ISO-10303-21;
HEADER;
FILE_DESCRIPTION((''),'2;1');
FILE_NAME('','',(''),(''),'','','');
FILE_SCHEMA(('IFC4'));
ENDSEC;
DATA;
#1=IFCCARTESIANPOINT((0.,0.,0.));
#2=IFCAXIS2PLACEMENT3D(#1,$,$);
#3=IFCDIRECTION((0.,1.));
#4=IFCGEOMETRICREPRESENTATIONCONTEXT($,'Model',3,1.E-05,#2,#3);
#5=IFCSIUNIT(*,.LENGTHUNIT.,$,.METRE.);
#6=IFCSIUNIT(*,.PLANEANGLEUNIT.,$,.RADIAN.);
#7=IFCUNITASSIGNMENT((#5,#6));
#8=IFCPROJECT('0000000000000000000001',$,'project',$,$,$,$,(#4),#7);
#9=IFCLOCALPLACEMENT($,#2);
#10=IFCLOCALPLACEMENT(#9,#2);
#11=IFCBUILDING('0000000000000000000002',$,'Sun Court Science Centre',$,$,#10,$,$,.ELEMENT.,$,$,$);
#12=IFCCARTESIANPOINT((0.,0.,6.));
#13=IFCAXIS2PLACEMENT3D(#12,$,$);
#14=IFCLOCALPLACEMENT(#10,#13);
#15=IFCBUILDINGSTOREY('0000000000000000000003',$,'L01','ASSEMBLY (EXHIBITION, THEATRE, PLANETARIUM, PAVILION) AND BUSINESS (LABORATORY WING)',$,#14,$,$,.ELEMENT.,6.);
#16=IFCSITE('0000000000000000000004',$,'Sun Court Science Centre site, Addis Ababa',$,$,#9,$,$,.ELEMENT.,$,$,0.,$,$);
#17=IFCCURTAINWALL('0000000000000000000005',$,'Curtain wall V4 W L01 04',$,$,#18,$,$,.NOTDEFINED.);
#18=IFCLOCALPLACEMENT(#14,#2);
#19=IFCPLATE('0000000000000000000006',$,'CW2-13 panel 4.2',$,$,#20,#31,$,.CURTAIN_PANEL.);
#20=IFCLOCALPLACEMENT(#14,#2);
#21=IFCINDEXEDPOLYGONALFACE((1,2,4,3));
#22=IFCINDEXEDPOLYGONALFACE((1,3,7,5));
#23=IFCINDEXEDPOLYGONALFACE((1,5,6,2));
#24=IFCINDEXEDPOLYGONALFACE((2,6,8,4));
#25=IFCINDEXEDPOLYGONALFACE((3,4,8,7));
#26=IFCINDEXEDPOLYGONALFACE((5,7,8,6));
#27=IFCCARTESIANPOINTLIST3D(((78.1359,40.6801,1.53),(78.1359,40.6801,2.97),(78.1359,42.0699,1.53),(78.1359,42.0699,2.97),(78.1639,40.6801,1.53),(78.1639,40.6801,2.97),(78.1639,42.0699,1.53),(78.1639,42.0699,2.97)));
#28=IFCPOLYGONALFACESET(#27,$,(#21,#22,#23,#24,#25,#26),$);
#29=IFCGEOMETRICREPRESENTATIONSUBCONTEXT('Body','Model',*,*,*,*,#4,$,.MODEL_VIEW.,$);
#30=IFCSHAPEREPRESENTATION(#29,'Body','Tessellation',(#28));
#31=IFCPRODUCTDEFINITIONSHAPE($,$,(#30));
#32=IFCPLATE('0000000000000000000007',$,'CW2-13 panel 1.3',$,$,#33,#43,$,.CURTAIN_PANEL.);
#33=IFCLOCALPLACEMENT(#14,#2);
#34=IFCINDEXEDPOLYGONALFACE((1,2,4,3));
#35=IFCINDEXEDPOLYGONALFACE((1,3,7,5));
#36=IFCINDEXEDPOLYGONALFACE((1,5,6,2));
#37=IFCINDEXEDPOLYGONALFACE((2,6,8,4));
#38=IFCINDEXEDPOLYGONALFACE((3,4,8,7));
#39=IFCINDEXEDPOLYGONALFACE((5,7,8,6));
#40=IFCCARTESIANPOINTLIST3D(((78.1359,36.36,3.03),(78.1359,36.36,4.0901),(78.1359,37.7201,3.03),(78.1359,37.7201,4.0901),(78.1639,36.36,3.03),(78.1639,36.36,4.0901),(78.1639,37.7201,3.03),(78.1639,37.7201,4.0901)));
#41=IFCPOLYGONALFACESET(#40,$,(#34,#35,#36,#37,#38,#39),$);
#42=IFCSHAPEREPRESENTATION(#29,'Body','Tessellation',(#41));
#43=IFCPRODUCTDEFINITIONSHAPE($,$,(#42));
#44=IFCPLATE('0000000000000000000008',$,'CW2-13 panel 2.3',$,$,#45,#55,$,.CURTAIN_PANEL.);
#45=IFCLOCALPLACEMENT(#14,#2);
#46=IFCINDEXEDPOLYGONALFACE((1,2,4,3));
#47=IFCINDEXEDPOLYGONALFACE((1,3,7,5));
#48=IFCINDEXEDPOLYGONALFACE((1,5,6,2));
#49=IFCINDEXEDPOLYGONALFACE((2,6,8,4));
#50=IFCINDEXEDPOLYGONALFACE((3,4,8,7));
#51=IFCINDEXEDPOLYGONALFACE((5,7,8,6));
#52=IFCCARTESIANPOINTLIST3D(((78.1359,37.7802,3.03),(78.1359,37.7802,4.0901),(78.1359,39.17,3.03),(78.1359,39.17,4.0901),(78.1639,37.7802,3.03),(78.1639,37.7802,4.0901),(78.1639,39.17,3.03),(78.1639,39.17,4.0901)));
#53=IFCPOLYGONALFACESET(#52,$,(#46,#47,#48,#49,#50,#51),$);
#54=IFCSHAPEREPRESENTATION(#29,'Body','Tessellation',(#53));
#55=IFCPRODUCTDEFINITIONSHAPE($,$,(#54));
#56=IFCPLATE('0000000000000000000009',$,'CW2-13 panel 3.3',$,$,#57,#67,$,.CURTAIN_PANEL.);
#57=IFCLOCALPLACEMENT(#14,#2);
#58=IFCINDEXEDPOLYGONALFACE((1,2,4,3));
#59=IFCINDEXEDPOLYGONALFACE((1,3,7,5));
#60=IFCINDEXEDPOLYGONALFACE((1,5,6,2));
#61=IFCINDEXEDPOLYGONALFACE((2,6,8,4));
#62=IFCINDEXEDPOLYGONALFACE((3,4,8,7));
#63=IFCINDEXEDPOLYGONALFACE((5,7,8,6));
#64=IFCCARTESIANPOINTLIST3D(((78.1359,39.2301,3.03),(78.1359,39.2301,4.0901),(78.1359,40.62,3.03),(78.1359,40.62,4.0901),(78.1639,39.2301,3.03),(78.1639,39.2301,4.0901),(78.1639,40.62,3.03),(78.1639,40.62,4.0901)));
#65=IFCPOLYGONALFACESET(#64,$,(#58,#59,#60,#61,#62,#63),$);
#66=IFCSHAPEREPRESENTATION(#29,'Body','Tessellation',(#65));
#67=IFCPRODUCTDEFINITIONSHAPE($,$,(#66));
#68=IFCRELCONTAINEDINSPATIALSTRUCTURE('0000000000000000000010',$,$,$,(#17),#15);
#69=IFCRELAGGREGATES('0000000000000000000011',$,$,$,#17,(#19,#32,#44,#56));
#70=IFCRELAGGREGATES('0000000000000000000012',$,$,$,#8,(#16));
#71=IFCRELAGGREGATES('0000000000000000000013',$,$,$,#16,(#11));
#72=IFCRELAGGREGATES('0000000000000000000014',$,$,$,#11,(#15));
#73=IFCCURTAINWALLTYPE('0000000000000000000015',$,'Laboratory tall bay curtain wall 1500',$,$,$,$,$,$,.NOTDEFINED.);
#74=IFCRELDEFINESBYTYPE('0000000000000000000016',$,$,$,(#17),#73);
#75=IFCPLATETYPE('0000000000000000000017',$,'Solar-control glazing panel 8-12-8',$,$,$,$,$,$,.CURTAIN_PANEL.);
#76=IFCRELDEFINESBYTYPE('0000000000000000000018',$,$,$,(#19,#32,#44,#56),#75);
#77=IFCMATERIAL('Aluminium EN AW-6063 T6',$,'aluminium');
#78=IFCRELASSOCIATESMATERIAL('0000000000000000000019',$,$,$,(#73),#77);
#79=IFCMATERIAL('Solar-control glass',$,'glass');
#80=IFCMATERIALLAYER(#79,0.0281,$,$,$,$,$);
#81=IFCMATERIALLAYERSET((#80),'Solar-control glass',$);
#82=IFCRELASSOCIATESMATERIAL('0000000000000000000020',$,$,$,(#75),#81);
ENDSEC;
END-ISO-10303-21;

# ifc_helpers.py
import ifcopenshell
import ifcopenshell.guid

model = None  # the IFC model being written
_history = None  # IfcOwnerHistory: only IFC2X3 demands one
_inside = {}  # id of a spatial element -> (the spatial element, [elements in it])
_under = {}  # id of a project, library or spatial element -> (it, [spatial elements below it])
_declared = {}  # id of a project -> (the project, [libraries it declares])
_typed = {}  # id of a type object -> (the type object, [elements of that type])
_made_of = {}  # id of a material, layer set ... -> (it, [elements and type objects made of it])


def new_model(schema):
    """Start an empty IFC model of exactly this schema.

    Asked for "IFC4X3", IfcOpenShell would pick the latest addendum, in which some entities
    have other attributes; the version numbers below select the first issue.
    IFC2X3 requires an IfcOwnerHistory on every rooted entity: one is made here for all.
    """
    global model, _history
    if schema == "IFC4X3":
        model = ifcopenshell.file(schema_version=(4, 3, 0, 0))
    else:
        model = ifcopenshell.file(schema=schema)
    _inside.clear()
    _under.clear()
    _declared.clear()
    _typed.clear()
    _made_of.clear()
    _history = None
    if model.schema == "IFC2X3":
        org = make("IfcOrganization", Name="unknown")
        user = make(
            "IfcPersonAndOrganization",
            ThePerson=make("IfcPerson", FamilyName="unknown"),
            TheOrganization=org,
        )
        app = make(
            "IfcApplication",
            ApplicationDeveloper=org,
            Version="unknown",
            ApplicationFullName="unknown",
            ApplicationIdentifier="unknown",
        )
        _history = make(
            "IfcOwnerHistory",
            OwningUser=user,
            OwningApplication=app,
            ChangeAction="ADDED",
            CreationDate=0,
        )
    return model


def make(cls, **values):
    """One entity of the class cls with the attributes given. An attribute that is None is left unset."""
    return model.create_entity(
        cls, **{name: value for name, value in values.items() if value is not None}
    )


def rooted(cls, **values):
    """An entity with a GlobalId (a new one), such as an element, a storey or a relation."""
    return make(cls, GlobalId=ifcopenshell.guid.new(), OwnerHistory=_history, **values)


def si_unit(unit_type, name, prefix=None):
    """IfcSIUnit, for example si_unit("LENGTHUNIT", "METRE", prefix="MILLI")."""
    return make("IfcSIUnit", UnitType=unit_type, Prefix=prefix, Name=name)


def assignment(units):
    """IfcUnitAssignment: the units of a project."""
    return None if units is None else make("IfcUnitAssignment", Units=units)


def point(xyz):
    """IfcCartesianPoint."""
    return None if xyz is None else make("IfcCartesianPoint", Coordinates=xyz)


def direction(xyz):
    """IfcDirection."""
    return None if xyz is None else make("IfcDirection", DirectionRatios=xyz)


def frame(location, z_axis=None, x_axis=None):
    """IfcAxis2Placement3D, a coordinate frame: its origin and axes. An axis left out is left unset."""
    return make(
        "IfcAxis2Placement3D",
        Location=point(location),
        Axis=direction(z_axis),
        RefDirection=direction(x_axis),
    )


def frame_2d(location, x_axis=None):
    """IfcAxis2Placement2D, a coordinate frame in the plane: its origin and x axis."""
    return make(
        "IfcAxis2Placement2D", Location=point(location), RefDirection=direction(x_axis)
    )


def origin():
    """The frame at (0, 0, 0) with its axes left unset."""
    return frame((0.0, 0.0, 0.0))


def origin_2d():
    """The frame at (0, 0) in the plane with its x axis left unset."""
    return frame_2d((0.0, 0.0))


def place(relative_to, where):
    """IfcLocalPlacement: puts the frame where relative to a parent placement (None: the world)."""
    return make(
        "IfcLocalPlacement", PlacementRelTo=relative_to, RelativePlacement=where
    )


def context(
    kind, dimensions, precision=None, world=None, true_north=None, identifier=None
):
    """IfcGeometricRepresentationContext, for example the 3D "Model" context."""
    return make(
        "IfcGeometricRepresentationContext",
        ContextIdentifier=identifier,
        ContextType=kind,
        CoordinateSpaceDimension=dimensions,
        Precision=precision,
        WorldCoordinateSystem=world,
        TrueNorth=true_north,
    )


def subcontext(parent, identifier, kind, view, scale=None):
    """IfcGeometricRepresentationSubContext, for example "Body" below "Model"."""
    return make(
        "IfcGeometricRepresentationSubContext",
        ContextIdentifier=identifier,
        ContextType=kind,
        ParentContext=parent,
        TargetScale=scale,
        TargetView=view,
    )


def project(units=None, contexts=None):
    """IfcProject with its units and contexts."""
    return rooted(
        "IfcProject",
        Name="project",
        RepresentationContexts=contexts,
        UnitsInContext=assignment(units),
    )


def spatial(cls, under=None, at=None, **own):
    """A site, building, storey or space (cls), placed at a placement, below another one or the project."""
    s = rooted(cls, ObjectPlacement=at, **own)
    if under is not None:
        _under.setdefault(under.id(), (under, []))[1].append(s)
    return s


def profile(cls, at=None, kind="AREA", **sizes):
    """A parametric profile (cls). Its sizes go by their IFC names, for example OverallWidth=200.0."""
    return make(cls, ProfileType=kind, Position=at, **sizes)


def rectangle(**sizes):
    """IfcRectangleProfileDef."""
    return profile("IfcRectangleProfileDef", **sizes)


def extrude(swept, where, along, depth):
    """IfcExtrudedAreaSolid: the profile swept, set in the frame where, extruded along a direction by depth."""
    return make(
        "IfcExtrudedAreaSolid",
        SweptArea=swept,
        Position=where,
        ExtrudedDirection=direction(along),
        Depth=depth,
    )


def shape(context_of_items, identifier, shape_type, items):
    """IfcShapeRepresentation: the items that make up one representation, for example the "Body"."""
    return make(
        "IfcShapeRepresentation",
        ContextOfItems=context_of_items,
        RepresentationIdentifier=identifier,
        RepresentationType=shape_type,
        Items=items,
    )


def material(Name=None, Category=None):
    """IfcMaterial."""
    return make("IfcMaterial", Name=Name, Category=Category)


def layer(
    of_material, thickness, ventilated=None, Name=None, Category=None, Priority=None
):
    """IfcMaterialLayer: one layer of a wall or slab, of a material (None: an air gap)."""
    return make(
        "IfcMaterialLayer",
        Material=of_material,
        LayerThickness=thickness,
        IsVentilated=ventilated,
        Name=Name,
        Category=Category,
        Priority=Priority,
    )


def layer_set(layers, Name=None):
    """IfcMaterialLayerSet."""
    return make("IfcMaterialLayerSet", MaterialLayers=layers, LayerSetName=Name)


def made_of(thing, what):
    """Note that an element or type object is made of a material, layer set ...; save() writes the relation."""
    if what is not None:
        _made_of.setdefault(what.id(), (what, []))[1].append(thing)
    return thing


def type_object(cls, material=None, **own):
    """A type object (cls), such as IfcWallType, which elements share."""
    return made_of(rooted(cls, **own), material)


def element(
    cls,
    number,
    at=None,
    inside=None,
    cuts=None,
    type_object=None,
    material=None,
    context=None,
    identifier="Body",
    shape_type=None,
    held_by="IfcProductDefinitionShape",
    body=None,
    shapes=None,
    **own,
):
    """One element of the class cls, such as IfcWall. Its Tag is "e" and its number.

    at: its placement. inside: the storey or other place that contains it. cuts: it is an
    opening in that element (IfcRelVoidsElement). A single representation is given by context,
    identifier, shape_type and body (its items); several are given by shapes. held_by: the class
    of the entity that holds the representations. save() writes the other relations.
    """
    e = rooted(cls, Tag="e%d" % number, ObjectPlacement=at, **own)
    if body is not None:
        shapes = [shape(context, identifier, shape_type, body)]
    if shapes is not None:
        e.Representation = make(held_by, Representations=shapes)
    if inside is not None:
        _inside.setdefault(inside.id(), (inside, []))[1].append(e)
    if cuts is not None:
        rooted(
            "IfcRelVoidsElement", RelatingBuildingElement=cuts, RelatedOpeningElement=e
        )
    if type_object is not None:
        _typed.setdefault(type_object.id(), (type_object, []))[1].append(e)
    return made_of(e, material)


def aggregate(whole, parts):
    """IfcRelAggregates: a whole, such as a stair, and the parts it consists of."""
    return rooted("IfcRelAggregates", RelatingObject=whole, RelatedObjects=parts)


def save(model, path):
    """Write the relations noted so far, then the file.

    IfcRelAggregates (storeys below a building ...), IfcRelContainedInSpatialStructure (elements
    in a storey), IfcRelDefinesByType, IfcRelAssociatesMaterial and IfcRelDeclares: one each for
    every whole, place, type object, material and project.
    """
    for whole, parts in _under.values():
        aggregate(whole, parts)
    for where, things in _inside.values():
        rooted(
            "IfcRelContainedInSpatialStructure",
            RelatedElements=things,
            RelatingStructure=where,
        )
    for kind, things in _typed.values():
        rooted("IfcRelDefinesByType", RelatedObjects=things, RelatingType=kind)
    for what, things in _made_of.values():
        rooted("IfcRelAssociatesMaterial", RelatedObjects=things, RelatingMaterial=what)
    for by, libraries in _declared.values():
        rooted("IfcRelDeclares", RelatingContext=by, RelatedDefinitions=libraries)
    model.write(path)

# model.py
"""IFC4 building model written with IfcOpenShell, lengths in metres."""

from ifc_helpers import new_model, si_unit, direction, frame, origin, origin_2d, place, context, subcontext, project, spatial, rectangle, extrude, material, layer, layer_set, type_object, element, aggregate, save


model = new_model("IFC4")

# Units and contexts
model_context = context("Model", 3, precision=1e-05, world=origin(), true_north=direction((0.0, 1.0)))
body_context = subcontext(model_context, "Body", "Model", "MODEL_VIEW")
ifc_project = project(units=[si_unit("LENGTHUNIT", "METRE"), si_unit("PLANEANGLEUNIT", "RADIAN")], contexts=[model_context])

# Site, building, storey
site_placement = place(None, origin())
site = spatial("IfcSite", under=ifc_project, at=site_placement, Name="Sun Court Science Centre site, Addis Ababa", CompositionType="ELEMENT", RefElevation=0.0)
building_placement = place(site_placement, origin())
building = spatial("IfcBuilding", under=site, at=building_placement, Name="Sun Court Science Centre", CompositionType="ELEMENT")
storey_placement = place(building_placement, frame((0.0, 0.0, 6.0)))
storey = spatial("IfcBuildingStorey", under=building, at=storey_placement, Name="L01", Description="ASSEMBLY (EXHIBITION, THEATRE, PLANETARIUM, PAVILION) AND BUSINESS (LABORATORY WING)", CompositionType="ELEMENT", Elevation=6.0)

# Shared definitions
ifc_material_1 = material(Name="Aluminium EN AW-6063 T6", Category="aluminium")
curtain_wall_type = type_object("IfcCurtainWallType", Name="Laboratory tall bay curtain wall 1500", PredefinedType="NOTDEFINED", material=ifc_material_1)

# Curtain wall
curtain_wall_1_placement = place(storey_placement, origin())
curtain_wall_1 = element("IfcCurtainWall", 1, at=curtain_wall_1_placement, inside=storey, type_object=curtain_wall_type, Name="Curtain wall V4 W L01 04", PredefinedType="NOTDEFINED")

# Plates
ifc_material_2 = material(Name="Solar-control glass", Category="glass")
ifc_layer = layer(ifc_material_2, 0.0281)
ifc_layer_set = layer_set([ifc_layer], Name="Solar-control glass")
plate_type = type_object("IfcPlateType", Name="Solar-control glazing panel 8-12-8", PredefinedType="CURTAIN_PANEL", material=ifc_layer_set)
plate_1_placement = place(storey_placement, frame((78.1499, 41.375, 1.53), z_axis=(0.0, 0.0, 1.0), x_axis=(0.0, 1.0, 0.0)))
plate_1 = element("IfcPlate", 2, at=plate_1_placement, type_object=plate_type, Name="CW2-13 panel 4.2", PredefinedType="CURTAIN_PANEL", context=body_context, shape_type="SweptSolid", body=[
    extrude(rectangle(XDim=1.3899, YDim=0.0281, at=origin_2d()), origin(), (0.0, 0.0, 1.0), 1.4399),
])
plate_2_placement = place(storey_placement, frame((78.1499, 37.04, 3.03), z_axis=(0.0, 0.0, 1.0), x_axis=(0.0, 1.0, 0.0)))
plate_2 = element("IfcPlate", 3, at=plate_2_placement, type_object=plate_type, Name="CW2-13 panel 1.3", PredefinedType="CURTAIN_PANEL", context=body_context, shape_type="SweptSolid", body=[
    extrude(rectangle(XDim=1.3601, YDim=0.0281, at=origin_2d()), origin(), (0.0, 0.0, 1.0), 1.0601),
])
plate_3_placement = place(storey_placement, frame((78.1499, 38.4751, 3.03), z_axis=(0.0, 0.0, 1.0), x_axis=(0.0, 1.0, 0.0)))
plate_3 = element("IfcPlate", 4, at=plate_3_placement, type_object=plate_type, Name="CW2-13 panel 2.3", PredefinedType="CURTAIN_PANEL", context=body_context, shape_type="SweptSolid", body=[
    extrude(rectangle(XDim=1.3899, YDim=0.0281, at=origin_2d()), origin(), (0.0, 0.0, 1.0), 1.0601),
])
plate_4_placement = place(storey_placement, frame((78.1499, 39.925, 3.03), z_axis=(0.0, 0.0, 1.0), x_axis=(0.0, 1.0, 0.0)))
plate_4 = element("IfcPlate", 5, at=plate_4_placement, type_object=plate_type, Name="CW2-13 panel 3.3", PredefinedType="CURTAIN_PANEL", context=body_context, shape_type="SweptSolid", body=[
    extrude(rectangle(XDim=1.3899, YDim=0.0281, at=origin_2d()), origin(), (0.0, 0.0, 1.0), 1.0601),
])
aggregate(curtain_wall_1, [plate_1, plate_2, plate_3, plate_4])

save(model, "model.ifc")
